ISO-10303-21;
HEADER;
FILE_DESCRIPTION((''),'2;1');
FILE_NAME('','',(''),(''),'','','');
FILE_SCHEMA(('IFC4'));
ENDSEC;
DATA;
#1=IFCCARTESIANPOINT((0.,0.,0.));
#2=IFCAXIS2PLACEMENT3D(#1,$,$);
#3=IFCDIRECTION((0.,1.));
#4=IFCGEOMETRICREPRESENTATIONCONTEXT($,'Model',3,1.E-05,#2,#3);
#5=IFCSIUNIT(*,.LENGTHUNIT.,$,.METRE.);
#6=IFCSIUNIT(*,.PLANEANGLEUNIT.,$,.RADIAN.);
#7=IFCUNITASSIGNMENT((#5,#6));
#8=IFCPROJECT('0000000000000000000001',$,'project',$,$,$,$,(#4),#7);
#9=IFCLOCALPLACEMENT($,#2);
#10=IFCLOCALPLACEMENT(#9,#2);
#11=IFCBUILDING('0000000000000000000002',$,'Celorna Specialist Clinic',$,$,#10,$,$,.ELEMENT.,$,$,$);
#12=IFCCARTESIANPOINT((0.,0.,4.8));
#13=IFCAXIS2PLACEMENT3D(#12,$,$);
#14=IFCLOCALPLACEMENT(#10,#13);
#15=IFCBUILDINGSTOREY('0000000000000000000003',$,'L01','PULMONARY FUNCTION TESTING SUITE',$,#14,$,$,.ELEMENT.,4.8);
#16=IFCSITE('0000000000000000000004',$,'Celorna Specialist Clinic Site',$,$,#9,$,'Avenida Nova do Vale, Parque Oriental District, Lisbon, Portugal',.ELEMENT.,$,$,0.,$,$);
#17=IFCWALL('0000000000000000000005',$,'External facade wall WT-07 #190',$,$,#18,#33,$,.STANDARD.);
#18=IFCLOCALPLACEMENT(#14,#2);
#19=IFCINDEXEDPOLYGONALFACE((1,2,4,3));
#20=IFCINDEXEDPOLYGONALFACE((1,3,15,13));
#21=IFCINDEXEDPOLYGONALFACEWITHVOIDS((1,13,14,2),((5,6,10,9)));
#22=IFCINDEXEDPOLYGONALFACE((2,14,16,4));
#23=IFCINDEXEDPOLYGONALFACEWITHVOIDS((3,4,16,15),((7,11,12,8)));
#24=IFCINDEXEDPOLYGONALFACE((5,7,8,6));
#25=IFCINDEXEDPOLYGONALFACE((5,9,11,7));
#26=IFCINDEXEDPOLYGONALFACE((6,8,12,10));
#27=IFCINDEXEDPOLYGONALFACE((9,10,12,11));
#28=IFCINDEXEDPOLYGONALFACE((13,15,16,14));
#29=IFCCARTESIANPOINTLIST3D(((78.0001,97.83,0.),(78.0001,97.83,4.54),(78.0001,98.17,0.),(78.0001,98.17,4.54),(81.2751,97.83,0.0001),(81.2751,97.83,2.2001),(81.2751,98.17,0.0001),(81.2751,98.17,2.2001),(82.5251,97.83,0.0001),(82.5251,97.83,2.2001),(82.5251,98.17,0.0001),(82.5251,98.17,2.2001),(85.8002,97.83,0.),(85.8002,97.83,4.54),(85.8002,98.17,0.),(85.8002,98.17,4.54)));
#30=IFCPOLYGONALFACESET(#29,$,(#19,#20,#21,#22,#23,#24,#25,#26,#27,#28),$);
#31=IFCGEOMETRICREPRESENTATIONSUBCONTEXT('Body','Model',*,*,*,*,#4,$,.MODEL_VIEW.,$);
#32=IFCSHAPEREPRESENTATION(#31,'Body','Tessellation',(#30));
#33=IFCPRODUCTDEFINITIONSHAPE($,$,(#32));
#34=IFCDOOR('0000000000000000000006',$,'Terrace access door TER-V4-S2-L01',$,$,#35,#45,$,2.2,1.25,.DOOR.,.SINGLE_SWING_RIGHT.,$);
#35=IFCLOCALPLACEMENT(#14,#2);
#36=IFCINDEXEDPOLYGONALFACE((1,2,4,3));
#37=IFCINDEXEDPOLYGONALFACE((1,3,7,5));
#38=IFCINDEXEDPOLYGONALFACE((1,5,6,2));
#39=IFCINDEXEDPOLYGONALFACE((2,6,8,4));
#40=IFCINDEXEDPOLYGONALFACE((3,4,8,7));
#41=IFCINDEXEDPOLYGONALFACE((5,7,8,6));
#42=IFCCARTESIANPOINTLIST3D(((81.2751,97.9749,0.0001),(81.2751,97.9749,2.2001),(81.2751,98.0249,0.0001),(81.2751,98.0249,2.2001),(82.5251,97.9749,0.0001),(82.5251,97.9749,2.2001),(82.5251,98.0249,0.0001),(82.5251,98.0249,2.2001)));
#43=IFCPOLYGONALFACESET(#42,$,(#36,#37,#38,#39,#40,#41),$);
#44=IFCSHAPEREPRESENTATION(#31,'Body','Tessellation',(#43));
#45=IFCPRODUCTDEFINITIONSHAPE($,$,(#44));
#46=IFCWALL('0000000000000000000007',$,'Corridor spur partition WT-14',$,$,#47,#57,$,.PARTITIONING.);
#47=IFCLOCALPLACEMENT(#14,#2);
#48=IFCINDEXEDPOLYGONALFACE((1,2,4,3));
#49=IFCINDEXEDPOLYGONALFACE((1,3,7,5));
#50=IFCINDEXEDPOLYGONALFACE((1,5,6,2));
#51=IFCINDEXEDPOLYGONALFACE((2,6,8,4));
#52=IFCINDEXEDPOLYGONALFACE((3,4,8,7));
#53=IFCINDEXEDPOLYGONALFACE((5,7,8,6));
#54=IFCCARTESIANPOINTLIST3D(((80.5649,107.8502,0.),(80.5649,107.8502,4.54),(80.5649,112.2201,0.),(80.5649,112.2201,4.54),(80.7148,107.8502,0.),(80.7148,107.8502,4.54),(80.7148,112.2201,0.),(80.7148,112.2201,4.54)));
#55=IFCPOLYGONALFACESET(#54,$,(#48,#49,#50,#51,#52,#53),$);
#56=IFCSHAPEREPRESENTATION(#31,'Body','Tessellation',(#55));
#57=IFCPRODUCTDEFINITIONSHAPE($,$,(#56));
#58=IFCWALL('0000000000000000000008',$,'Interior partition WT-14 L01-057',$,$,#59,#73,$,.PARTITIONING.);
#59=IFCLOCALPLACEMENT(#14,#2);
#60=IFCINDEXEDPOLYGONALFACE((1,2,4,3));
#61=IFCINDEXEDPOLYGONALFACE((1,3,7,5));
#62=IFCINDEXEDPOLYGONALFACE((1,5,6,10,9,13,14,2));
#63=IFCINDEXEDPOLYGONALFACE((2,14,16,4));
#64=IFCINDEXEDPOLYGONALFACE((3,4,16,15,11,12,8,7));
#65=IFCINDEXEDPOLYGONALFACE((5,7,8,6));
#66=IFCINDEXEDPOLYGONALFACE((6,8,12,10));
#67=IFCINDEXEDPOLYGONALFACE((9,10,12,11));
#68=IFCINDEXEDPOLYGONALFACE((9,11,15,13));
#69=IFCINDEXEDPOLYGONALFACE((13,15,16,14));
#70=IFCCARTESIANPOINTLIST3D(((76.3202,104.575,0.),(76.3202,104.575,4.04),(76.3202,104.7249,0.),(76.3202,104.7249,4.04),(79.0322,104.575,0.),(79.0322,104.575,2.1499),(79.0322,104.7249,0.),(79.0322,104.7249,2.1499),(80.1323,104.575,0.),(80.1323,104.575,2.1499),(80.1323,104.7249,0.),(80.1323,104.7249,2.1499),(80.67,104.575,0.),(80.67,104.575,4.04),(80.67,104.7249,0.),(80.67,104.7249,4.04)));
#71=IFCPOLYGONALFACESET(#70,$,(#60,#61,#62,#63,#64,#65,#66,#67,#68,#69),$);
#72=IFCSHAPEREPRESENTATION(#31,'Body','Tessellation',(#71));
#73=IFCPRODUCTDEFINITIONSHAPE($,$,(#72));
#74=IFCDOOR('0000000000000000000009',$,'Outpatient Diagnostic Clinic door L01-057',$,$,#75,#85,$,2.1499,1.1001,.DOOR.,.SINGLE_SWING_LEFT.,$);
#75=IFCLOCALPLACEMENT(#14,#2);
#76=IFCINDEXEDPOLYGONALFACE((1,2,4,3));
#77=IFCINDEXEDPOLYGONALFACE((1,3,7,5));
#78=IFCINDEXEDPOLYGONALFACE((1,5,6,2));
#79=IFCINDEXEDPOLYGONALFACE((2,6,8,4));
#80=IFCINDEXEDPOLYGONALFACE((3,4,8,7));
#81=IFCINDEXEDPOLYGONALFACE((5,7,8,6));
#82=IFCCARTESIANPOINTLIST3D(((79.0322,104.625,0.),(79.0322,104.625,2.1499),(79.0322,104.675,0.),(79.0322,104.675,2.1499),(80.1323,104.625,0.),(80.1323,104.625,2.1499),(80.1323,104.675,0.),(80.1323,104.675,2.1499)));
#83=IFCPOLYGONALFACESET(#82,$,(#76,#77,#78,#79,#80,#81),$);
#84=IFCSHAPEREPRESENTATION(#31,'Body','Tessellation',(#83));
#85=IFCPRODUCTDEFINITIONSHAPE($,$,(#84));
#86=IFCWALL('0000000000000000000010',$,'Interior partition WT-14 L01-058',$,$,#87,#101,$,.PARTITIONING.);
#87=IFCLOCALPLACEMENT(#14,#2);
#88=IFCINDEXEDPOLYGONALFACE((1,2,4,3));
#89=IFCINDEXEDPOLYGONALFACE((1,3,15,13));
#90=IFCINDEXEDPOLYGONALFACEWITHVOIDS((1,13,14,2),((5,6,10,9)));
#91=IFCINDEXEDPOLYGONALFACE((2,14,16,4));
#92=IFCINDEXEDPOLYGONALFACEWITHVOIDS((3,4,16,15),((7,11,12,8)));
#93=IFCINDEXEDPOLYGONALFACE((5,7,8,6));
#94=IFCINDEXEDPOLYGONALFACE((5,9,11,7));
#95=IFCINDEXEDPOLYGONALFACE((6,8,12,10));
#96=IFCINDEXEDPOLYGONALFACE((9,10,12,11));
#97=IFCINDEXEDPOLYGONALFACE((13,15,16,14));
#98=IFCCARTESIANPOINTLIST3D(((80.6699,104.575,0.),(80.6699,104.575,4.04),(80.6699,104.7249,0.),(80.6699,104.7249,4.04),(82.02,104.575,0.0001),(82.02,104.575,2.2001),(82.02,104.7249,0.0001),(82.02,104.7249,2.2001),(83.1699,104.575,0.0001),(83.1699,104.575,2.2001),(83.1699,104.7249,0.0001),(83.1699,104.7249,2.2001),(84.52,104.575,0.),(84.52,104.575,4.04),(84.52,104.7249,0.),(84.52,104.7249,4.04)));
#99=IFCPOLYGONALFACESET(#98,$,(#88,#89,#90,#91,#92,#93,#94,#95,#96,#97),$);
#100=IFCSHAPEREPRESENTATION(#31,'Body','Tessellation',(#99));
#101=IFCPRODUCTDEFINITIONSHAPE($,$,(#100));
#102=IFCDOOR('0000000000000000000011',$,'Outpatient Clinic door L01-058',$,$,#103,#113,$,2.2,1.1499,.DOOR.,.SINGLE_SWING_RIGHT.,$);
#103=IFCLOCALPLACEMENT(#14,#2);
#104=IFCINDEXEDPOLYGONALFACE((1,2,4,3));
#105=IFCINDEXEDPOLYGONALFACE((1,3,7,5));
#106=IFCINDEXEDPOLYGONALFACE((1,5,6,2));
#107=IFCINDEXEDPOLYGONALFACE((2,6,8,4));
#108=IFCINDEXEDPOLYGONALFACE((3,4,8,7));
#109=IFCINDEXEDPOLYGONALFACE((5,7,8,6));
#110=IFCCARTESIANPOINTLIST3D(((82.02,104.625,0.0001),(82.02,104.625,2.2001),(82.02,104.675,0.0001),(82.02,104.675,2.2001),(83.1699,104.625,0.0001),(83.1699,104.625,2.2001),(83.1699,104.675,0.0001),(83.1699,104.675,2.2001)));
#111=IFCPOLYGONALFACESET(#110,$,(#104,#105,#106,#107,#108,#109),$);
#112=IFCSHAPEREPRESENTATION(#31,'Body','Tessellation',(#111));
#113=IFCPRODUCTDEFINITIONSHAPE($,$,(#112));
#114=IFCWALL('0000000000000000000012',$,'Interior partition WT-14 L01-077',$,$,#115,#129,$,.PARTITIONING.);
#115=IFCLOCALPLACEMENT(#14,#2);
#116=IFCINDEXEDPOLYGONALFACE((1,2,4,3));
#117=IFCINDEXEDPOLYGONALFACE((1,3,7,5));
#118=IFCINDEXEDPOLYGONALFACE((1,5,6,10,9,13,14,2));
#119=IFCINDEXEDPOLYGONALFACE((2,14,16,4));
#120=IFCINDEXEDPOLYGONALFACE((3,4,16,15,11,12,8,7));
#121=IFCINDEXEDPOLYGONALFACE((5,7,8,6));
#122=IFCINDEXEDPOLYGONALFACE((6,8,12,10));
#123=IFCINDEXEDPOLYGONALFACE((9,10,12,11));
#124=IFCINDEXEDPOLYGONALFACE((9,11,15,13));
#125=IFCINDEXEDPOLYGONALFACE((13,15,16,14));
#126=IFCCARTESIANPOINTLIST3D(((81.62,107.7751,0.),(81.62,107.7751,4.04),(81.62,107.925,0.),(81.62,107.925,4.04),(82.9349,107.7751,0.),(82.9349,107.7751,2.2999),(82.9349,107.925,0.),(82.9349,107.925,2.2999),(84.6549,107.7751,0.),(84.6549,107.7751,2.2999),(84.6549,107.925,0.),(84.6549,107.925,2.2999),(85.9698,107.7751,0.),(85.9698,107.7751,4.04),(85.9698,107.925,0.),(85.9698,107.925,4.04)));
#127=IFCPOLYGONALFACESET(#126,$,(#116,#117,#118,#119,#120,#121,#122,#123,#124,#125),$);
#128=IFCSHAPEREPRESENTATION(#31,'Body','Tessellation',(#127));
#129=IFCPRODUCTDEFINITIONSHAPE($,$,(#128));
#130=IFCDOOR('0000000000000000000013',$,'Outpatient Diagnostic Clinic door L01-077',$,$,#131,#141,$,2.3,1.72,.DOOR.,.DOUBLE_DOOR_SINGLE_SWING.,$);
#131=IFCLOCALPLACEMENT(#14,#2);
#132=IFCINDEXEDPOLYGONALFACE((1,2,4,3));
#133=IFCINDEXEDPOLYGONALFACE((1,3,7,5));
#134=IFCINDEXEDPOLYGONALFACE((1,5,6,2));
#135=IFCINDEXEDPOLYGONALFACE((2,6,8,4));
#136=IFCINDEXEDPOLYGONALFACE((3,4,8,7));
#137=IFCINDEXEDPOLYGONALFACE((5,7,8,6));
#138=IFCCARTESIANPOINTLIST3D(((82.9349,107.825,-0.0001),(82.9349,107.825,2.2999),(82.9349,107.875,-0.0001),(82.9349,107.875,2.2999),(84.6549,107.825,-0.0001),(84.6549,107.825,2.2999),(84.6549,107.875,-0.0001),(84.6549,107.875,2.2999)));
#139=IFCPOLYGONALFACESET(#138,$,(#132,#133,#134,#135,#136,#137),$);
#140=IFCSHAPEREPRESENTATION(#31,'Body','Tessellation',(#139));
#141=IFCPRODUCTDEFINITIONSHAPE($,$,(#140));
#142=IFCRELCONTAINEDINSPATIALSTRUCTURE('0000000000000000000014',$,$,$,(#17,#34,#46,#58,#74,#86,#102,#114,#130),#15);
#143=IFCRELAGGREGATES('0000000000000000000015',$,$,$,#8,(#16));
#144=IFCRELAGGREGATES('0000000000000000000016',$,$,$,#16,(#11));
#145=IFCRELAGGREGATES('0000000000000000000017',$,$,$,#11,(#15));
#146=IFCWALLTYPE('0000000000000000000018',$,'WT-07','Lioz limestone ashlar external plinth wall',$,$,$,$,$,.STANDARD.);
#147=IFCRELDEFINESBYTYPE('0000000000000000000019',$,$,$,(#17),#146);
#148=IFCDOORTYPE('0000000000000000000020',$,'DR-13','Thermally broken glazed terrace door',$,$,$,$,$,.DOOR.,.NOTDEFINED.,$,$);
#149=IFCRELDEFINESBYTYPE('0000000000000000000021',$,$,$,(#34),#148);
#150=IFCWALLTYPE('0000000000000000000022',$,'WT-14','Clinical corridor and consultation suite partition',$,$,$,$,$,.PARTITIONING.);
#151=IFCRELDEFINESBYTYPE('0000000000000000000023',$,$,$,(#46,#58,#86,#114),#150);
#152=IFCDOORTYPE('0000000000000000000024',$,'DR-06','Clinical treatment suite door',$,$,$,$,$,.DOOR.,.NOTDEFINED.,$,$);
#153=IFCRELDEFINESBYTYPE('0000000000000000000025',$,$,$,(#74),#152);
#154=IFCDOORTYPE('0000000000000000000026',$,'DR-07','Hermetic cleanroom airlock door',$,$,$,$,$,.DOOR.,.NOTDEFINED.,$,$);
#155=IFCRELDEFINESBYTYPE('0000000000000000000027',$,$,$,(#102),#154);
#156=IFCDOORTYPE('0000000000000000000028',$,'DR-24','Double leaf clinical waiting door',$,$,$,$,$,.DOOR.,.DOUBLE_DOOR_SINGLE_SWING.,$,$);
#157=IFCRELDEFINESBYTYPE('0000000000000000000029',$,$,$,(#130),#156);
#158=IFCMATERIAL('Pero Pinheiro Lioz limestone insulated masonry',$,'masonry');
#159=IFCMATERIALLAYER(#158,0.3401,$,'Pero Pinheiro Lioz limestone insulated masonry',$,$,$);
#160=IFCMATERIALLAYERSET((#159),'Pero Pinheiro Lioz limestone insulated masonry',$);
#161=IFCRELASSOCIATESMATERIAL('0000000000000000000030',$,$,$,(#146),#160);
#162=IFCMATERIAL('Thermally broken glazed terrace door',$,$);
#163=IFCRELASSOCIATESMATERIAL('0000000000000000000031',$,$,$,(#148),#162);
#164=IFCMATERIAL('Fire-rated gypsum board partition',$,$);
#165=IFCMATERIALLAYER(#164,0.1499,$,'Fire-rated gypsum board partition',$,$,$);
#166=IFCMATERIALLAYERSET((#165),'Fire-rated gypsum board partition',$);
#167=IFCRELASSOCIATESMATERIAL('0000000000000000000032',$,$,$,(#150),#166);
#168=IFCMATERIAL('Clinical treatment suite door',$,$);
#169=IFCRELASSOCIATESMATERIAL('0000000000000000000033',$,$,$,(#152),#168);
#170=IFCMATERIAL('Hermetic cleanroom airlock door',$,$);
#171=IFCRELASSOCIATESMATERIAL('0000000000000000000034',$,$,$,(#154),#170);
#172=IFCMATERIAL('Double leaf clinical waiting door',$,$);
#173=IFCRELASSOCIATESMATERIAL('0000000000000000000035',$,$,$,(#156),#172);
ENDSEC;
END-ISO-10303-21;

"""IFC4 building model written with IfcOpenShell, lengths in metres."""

from ifc_helpers import new_model, si_unit, direction, frame, frame_2d, origin, place, context, subcontext, project, spatial, rectangle, extrude, material, layer, layer_set, type_object, element, fill, save


model = new_model("IFC4")

# Units and contexts
model_context = context("Model", 3, precision=1e-05, world=origin(), true_north=direction((0.0, 1.0)))
body_context = subcontext(model_context, "Body", "Model", "MODEL_VIEW")
ifc_project = project(units=[si_unit("LENGTHUNIT", "METRE"), si_unit("PLANEANGLEUNIT", "RADIAN")], contexts=[model_context])

# Site, building, storey
site_placement = place(None, origin())
site = spatial("IfcSite", under=ifc_project, at=site_placement, Name="Celorna Specialist Clinic Site", LongName="Avenida Nova do Vale, Parque Oriental District, Lisbon, Portugal", CompositionType="ELEMENT", RefElevation=0.0)
building_placement = place(site_placement, origin())
building = spatial("IfcBuilding", under=site, at=building_placement, Name="Celorna Specialist Clinic", CompositionType="ELEMENT")
storey_placement = place(building_placement, frame((0.0, 0.0, 4.8)))
storey = spatial("IfcBuildingStorey", under=building, at=storey_placement, Name="L01", Description="PULMONARY FUNCTION TESTING SUITE", CompositionType="ELEMENT", Elevation=4.8)

# Wall, opening, door
ifc_material_1 = material(Name="Pero Pinheiro Lioz limestone insulated masonry", Category="masonry")
ifc_layer_1 = layer(ifc_material_1, 0.3401, Name="Pero Pinheiro Lioz limestone insulated masonry")
ifc_layer_set_1 = layer_set([ifc_layer_1], Name="Pero Pinheiro Lioz limestone insulated masonry")
wall_type_1 = type_object("IfcWallType", Name="WT-07", Description="Lioz limestone ashlar external plinth wall", PredefinedType="STANDARD", material=ifc_layer_set_1)
wall_1_placement = place(storey_placement, frame((85.8, 98.0, 0.0), z_axis=(0.0, 0.0, 1.0), x_axis=(-1.0, 0.0, 0.0)))
wall_1 = element("IfcWall", 1, at=wall_1_placement, inside=storey, type_object=wall_type_1, Name="External facade wall WT-07 #190", PredefinedType="STANDARD", context=body_context, shape_type="SweptSolid", body=[
    extrude(rectangle(XDim=7.8, YDim=0.3401, at=frame_2d((3.8999, 0.0))), origin(), (0.0, 0.0, 1.0), 4.54),
])
opening_1_placement = place(wall_1_placement, frame((3.2749, 0.0, 0.0)))
opening_1 = element("IfcOpeningElement", 2, at=opening_1_placement, cuts=wall_1, PredefinedType="OPENING", context=body_context, shape_type="SweptSolid", body=[
    extrude(rectangle(XDim=1.25, YDim=2.2, at=frame_2d((0.625, 1.1001))), frame((0.0, 0.1799, 0.0), z_axis=(0.0, -1.0, 0.0), x_axis=(1.0, 0.0, 0.0)), (0.0, 0.0, 1.0), 0.3601),
])
ifc_material_2 = material(Name="Thermally broken glazed terrace door")
door_type_1 = type_object("IfcDoorType", Name="DR-13", Description="Thermally broken glazed terrace door", OperationType="NOTDEFINED", PredefinedType="DOOR", material=ifc_material_2)
door_1_placement = place(opening_1_placement, frame((1.25, 0.0, 0.0), z_axis=(0.0, 0.0, 1.0), x_axis=(-1.0, 0.0, 0.0)))
door_1 = element("IfcDoor", 3, at=door_1_placement, inside=storey, type_object=door_type_1, Name="Terrace access door TER-V4-S2-L01", OperationType="SINGLE_SWING_RIGHT", OverallHeight=2.2, OverallWidth=1.25, PredefinedType="DOOR", context=body_context, shape_type="SweptSolid", body=[
    extrude(rectangle(XDim=1.25, YDim=2.2, at=frame_2d((0.625, 1.1001))), frame((0.0, 0.0249, 0.0), z_axis=(0.0, -1.0, 0.0), x_axis=(1.0, 0.0, 0.0)), (0.0, 0.0, 1.0), 0.05),
])
fill(opening_1, door_1)

# Wall
ifc_material_3 = material(Name="Fire-rated gypsum board partition")
ifc_layer_2 = layer(ifc_material_3, 0.1499, Name="Fire-rated gypsum board partition")
ifc_layer_set_2 = layer_set([ifc_layer_2], Name="Fire-rated gypsum board partition")
wall_type_2 = type_object("IfcWallType", Name="WT-14", Description="Clinical corridor and consultation suite partition", PredefinedType="PARTITIONING", material=ifc_layer_set_2)
wall_2_placement = place(storey_placement, frame((80.6399, 107.8501, 0.0), z_axis=(0.0, 0.0, 1.0), x_axis=(0.0, 1.0, 0.0)))
element("IfcWall", 4, at=wall_2_placement, inside=storey, type_object=wall_type_2, Name="Corridor spur partition WT-14", PredefinedType="PARTITIONING", context=body_context, shape_type="SweptSolid", body=[
    extrude(rectangle(XDim=4.3699, YDim=0.1499, at=frame_2d((2.1851, 0.0))), origin(), (0.0, 0.0, 1.0), 4.54),
])

# Walls, openings, doors
wall_3_placement = place(storey_placement, frame((80.6699, 104.6499, 0.0), z_axis=(0.0, 0.0, 1.0), x_axis=(-1.0, 0.0, 0.0)))
wall_3 = element("IfcWall", 5, at=wall_3_placement, inside=storey, type_object=wall_type_2, Name="Interior partition WT-14 L01-057", PredefinedType="PARTITIONING", context=body_context, shape_type="SweptSolid", body=[
    extrude(rectangle(XDim=4.3499, YDim=0.1499, at=frame_2d((2.1748, 0.0))), origin(), (0.0, 0.0, 1.0), 4.04),
])
opening_2_placement = place(wall_3_placement, frame((0.5376, 0.0, 0.0)))
opening_2 = element("IfcOpeningElement", 6, at=opening_2_placement, cuts=wall_3, PredefinedType="OPENING", context=body_context, shape_type="SweptSolid", body=[
    extrude(rectangle(XDim=1.1001, YDim=2.1499, at=frame_2d((0.55, 1.075))), frame((0.0, 0.085, 0.0), z_axis=(0.0, -1.0, 0.0), x_axis=(1.0, 0.0, 0.0)), (0.0, 0.0, 1.0), 0.1699),
])
ifc_material_4 = material(Name="Clinical treatment suite door")
door_type_2 = type_object("IfcDoorType", Name="DR-06", Description="Clinical treatment suite door", OperationType="NOTDEFINED", PredefinedType="DOOR", material=ifc_material_4)
door_2_placement = place(opening_2_placement, origin())
door_2 = element("IfcDoor", 7, at=door_2_placement, inside=storey, type_object=door_type_2, Name="Outpatient Diagnostic Clinic door L01-057", OperationType="SINGLE_SWING_LEFT", OverallHeight=2.1499, OverallWidth=1.1001, PredefinedType="DOOR", context=body_context, shape_type="SweptSolid", body=[
    extrude(rectangle(XDim=1.1001, YDim=2.1499, at=frame_2d((0.55, 1.075))), frame((0.0, 0.0249, 0.0), z_axis=(0.0, -1.0, 0.0), x_axis=(1.0, 0.0, 0.0)), (0.0, 0.0, 1.0), 0.05),
])
fill(opening_2, door_2)
wall_4_placement = place(storey_placement, frame((84.52, 104.6499, 0.0), z_axis=(0.0, 0.0, 1.0), x_axis=(-1.0, 0.0, 0.0)))
wall_4 = element("IfcWall", 8, at=wall_4_placement, inside=storey, type_object=wall_type_2, Name="Interior partition WT-14 L01-058", PredefinedType="PARTITIONING", context=body_context, shape_type="SweptSolid", body=[
    extrude(rectangle(XDim=3.8501, YDim=0.1499, at=frame_2d((1.925, 0.0))), origin(), (0.0, 0.0, 1.0), 4.04),
])
opening_3_placement = place(wall_4_placement, frame((1.3501, 0.0, 0.0)))
opening_3 = element("IfcOpeningElement", 9, at=opening_3_placement, cuts=wall_4, PredefinedType="OPENING", context=body_context, shape_type="SweptSolid", body=[
    extrude(rectangle(XDim=1.1499, YDim=2.2, at=frame_2d((0.575, 1.1001))), frame((0.0, 0.085, 0.0), z_axis=(0.0, -1.0, 0.0), x_axis=(1.0, 0.0, 0.0)), (0.0, 0.0, 1.0), 0.1699),
])
ifc_material_5 = material(Name="Hermetic cleanroom airlock door")
door_type_3 = type_object("IfcDoorType", Name="DR-07", Description="Hermetic cleanroom airlock door", OperationType="NOTDEFINED", PredefinedType="DOOR", material=ifc_material_5)
door_3_placement = place(opening_3_placement, origin())
door_3 = element("IfcDoor", 10, at=door_3_placement, inside=storey, type_object=door_type_3, Name="Outpatient Clinic door L01-058", OperationType="SINGLE_SWING_RIGHT", OverallHeight=2.2, OverallWidth=1.1499, PredefinedType="DOOR", context=body_context, shape_type="SweptSolid", body=[
    extrude(rectangle(XDim=1.1499, YDim=2.2, at=frame_2d((0.575, 1.1001))), frame((0.0, 0.0249, 0.0), z_axis=(0.0, -1.0, 0.0), x_axis=(1.0, 0.0, 0.0)), (0.0, 0.0, 1.0), 0.05),
])
fill(opening_3, door_3)
wall_5_placement = place(storey_placement, frame((81.6201, 107.8501, 0.0), z_axis=(0.0, 0.0, 1.0), x_axis=(1.0, 0.0, 0.0)))
wall_5 = element("IfcWall", 11, at=wall_5_placement, inside=storey, type_object=wall_type_2, Name="Interior partition WT-14 L01-077", PredefinedType="PARTITIONING", context=body_context, shape_type="SweptSolid", body=[
    extrude(rectangle(XDim=4.3499, YDim=0.1499, at=frame_2d((2.1748, 0.0))), origin(), (0.0, 0.0, 1.0), 4.04),
])
opening_4_placement = place(wall_5_placement, frame((1.3149, 0.0, 0.0)))
opening_4 = element("IfcOpeningElement", 12, at=opening_4_placement, cuts=wall_5, PredefinedType="OPENING", context=body_context, shape_type="SweptSolid", body=[
    extrude(rectangle(XDim=1.72, YDim=2.3, at=frame_2d((0.8599, 1.1499))), frame((0.0, 0.085, 0.0), z_axis=(0.0, -1.0, 0.0), x_axis=(1.0, 0.0, 0.0)), (0.0, 0.0, 1.0), 0.1699),
])
ifc_material_6 = material(Name="Double leaf clinical waiting door")
door_type_4 = type_object("IfcDoorType", Name="DR-24", Description="Double leaf clinical waiting door", OperationType="DOUBLE_DOOR_SINGLE_SWING", PredefinedType="DOOR", material=ifc_material_6)
door_4_placement = place(opening_4_placement, origin())
door_4 = element("IfcDoor", 13, at=door_4_placement, inside=storey, type_object=door_type_4, Name="Outpatient Diagnostic Clinic door L01-077", OperationType="DOUBLE_DOOR_SINGLE_SWING", OverallHeight=2.3, OverallWidth=1.72, PredefinedType="DOOR", context=body_context, shape_type="SweptSolid", body=[
    extrude(rectangle(XDim=1.72, YDim=2.3, at=frame_2d((0.8599, 1.1499))), frame((0.0, 0.0249, 0.0), z_axis=(0.0, -1.0, 0.0), x_axis=(1.0, 0.0, 0.0)), (0.0, 0.0, 1.0), 0.05),
])
fill(opening_4, door_4)

save(model, "model.ifc")
